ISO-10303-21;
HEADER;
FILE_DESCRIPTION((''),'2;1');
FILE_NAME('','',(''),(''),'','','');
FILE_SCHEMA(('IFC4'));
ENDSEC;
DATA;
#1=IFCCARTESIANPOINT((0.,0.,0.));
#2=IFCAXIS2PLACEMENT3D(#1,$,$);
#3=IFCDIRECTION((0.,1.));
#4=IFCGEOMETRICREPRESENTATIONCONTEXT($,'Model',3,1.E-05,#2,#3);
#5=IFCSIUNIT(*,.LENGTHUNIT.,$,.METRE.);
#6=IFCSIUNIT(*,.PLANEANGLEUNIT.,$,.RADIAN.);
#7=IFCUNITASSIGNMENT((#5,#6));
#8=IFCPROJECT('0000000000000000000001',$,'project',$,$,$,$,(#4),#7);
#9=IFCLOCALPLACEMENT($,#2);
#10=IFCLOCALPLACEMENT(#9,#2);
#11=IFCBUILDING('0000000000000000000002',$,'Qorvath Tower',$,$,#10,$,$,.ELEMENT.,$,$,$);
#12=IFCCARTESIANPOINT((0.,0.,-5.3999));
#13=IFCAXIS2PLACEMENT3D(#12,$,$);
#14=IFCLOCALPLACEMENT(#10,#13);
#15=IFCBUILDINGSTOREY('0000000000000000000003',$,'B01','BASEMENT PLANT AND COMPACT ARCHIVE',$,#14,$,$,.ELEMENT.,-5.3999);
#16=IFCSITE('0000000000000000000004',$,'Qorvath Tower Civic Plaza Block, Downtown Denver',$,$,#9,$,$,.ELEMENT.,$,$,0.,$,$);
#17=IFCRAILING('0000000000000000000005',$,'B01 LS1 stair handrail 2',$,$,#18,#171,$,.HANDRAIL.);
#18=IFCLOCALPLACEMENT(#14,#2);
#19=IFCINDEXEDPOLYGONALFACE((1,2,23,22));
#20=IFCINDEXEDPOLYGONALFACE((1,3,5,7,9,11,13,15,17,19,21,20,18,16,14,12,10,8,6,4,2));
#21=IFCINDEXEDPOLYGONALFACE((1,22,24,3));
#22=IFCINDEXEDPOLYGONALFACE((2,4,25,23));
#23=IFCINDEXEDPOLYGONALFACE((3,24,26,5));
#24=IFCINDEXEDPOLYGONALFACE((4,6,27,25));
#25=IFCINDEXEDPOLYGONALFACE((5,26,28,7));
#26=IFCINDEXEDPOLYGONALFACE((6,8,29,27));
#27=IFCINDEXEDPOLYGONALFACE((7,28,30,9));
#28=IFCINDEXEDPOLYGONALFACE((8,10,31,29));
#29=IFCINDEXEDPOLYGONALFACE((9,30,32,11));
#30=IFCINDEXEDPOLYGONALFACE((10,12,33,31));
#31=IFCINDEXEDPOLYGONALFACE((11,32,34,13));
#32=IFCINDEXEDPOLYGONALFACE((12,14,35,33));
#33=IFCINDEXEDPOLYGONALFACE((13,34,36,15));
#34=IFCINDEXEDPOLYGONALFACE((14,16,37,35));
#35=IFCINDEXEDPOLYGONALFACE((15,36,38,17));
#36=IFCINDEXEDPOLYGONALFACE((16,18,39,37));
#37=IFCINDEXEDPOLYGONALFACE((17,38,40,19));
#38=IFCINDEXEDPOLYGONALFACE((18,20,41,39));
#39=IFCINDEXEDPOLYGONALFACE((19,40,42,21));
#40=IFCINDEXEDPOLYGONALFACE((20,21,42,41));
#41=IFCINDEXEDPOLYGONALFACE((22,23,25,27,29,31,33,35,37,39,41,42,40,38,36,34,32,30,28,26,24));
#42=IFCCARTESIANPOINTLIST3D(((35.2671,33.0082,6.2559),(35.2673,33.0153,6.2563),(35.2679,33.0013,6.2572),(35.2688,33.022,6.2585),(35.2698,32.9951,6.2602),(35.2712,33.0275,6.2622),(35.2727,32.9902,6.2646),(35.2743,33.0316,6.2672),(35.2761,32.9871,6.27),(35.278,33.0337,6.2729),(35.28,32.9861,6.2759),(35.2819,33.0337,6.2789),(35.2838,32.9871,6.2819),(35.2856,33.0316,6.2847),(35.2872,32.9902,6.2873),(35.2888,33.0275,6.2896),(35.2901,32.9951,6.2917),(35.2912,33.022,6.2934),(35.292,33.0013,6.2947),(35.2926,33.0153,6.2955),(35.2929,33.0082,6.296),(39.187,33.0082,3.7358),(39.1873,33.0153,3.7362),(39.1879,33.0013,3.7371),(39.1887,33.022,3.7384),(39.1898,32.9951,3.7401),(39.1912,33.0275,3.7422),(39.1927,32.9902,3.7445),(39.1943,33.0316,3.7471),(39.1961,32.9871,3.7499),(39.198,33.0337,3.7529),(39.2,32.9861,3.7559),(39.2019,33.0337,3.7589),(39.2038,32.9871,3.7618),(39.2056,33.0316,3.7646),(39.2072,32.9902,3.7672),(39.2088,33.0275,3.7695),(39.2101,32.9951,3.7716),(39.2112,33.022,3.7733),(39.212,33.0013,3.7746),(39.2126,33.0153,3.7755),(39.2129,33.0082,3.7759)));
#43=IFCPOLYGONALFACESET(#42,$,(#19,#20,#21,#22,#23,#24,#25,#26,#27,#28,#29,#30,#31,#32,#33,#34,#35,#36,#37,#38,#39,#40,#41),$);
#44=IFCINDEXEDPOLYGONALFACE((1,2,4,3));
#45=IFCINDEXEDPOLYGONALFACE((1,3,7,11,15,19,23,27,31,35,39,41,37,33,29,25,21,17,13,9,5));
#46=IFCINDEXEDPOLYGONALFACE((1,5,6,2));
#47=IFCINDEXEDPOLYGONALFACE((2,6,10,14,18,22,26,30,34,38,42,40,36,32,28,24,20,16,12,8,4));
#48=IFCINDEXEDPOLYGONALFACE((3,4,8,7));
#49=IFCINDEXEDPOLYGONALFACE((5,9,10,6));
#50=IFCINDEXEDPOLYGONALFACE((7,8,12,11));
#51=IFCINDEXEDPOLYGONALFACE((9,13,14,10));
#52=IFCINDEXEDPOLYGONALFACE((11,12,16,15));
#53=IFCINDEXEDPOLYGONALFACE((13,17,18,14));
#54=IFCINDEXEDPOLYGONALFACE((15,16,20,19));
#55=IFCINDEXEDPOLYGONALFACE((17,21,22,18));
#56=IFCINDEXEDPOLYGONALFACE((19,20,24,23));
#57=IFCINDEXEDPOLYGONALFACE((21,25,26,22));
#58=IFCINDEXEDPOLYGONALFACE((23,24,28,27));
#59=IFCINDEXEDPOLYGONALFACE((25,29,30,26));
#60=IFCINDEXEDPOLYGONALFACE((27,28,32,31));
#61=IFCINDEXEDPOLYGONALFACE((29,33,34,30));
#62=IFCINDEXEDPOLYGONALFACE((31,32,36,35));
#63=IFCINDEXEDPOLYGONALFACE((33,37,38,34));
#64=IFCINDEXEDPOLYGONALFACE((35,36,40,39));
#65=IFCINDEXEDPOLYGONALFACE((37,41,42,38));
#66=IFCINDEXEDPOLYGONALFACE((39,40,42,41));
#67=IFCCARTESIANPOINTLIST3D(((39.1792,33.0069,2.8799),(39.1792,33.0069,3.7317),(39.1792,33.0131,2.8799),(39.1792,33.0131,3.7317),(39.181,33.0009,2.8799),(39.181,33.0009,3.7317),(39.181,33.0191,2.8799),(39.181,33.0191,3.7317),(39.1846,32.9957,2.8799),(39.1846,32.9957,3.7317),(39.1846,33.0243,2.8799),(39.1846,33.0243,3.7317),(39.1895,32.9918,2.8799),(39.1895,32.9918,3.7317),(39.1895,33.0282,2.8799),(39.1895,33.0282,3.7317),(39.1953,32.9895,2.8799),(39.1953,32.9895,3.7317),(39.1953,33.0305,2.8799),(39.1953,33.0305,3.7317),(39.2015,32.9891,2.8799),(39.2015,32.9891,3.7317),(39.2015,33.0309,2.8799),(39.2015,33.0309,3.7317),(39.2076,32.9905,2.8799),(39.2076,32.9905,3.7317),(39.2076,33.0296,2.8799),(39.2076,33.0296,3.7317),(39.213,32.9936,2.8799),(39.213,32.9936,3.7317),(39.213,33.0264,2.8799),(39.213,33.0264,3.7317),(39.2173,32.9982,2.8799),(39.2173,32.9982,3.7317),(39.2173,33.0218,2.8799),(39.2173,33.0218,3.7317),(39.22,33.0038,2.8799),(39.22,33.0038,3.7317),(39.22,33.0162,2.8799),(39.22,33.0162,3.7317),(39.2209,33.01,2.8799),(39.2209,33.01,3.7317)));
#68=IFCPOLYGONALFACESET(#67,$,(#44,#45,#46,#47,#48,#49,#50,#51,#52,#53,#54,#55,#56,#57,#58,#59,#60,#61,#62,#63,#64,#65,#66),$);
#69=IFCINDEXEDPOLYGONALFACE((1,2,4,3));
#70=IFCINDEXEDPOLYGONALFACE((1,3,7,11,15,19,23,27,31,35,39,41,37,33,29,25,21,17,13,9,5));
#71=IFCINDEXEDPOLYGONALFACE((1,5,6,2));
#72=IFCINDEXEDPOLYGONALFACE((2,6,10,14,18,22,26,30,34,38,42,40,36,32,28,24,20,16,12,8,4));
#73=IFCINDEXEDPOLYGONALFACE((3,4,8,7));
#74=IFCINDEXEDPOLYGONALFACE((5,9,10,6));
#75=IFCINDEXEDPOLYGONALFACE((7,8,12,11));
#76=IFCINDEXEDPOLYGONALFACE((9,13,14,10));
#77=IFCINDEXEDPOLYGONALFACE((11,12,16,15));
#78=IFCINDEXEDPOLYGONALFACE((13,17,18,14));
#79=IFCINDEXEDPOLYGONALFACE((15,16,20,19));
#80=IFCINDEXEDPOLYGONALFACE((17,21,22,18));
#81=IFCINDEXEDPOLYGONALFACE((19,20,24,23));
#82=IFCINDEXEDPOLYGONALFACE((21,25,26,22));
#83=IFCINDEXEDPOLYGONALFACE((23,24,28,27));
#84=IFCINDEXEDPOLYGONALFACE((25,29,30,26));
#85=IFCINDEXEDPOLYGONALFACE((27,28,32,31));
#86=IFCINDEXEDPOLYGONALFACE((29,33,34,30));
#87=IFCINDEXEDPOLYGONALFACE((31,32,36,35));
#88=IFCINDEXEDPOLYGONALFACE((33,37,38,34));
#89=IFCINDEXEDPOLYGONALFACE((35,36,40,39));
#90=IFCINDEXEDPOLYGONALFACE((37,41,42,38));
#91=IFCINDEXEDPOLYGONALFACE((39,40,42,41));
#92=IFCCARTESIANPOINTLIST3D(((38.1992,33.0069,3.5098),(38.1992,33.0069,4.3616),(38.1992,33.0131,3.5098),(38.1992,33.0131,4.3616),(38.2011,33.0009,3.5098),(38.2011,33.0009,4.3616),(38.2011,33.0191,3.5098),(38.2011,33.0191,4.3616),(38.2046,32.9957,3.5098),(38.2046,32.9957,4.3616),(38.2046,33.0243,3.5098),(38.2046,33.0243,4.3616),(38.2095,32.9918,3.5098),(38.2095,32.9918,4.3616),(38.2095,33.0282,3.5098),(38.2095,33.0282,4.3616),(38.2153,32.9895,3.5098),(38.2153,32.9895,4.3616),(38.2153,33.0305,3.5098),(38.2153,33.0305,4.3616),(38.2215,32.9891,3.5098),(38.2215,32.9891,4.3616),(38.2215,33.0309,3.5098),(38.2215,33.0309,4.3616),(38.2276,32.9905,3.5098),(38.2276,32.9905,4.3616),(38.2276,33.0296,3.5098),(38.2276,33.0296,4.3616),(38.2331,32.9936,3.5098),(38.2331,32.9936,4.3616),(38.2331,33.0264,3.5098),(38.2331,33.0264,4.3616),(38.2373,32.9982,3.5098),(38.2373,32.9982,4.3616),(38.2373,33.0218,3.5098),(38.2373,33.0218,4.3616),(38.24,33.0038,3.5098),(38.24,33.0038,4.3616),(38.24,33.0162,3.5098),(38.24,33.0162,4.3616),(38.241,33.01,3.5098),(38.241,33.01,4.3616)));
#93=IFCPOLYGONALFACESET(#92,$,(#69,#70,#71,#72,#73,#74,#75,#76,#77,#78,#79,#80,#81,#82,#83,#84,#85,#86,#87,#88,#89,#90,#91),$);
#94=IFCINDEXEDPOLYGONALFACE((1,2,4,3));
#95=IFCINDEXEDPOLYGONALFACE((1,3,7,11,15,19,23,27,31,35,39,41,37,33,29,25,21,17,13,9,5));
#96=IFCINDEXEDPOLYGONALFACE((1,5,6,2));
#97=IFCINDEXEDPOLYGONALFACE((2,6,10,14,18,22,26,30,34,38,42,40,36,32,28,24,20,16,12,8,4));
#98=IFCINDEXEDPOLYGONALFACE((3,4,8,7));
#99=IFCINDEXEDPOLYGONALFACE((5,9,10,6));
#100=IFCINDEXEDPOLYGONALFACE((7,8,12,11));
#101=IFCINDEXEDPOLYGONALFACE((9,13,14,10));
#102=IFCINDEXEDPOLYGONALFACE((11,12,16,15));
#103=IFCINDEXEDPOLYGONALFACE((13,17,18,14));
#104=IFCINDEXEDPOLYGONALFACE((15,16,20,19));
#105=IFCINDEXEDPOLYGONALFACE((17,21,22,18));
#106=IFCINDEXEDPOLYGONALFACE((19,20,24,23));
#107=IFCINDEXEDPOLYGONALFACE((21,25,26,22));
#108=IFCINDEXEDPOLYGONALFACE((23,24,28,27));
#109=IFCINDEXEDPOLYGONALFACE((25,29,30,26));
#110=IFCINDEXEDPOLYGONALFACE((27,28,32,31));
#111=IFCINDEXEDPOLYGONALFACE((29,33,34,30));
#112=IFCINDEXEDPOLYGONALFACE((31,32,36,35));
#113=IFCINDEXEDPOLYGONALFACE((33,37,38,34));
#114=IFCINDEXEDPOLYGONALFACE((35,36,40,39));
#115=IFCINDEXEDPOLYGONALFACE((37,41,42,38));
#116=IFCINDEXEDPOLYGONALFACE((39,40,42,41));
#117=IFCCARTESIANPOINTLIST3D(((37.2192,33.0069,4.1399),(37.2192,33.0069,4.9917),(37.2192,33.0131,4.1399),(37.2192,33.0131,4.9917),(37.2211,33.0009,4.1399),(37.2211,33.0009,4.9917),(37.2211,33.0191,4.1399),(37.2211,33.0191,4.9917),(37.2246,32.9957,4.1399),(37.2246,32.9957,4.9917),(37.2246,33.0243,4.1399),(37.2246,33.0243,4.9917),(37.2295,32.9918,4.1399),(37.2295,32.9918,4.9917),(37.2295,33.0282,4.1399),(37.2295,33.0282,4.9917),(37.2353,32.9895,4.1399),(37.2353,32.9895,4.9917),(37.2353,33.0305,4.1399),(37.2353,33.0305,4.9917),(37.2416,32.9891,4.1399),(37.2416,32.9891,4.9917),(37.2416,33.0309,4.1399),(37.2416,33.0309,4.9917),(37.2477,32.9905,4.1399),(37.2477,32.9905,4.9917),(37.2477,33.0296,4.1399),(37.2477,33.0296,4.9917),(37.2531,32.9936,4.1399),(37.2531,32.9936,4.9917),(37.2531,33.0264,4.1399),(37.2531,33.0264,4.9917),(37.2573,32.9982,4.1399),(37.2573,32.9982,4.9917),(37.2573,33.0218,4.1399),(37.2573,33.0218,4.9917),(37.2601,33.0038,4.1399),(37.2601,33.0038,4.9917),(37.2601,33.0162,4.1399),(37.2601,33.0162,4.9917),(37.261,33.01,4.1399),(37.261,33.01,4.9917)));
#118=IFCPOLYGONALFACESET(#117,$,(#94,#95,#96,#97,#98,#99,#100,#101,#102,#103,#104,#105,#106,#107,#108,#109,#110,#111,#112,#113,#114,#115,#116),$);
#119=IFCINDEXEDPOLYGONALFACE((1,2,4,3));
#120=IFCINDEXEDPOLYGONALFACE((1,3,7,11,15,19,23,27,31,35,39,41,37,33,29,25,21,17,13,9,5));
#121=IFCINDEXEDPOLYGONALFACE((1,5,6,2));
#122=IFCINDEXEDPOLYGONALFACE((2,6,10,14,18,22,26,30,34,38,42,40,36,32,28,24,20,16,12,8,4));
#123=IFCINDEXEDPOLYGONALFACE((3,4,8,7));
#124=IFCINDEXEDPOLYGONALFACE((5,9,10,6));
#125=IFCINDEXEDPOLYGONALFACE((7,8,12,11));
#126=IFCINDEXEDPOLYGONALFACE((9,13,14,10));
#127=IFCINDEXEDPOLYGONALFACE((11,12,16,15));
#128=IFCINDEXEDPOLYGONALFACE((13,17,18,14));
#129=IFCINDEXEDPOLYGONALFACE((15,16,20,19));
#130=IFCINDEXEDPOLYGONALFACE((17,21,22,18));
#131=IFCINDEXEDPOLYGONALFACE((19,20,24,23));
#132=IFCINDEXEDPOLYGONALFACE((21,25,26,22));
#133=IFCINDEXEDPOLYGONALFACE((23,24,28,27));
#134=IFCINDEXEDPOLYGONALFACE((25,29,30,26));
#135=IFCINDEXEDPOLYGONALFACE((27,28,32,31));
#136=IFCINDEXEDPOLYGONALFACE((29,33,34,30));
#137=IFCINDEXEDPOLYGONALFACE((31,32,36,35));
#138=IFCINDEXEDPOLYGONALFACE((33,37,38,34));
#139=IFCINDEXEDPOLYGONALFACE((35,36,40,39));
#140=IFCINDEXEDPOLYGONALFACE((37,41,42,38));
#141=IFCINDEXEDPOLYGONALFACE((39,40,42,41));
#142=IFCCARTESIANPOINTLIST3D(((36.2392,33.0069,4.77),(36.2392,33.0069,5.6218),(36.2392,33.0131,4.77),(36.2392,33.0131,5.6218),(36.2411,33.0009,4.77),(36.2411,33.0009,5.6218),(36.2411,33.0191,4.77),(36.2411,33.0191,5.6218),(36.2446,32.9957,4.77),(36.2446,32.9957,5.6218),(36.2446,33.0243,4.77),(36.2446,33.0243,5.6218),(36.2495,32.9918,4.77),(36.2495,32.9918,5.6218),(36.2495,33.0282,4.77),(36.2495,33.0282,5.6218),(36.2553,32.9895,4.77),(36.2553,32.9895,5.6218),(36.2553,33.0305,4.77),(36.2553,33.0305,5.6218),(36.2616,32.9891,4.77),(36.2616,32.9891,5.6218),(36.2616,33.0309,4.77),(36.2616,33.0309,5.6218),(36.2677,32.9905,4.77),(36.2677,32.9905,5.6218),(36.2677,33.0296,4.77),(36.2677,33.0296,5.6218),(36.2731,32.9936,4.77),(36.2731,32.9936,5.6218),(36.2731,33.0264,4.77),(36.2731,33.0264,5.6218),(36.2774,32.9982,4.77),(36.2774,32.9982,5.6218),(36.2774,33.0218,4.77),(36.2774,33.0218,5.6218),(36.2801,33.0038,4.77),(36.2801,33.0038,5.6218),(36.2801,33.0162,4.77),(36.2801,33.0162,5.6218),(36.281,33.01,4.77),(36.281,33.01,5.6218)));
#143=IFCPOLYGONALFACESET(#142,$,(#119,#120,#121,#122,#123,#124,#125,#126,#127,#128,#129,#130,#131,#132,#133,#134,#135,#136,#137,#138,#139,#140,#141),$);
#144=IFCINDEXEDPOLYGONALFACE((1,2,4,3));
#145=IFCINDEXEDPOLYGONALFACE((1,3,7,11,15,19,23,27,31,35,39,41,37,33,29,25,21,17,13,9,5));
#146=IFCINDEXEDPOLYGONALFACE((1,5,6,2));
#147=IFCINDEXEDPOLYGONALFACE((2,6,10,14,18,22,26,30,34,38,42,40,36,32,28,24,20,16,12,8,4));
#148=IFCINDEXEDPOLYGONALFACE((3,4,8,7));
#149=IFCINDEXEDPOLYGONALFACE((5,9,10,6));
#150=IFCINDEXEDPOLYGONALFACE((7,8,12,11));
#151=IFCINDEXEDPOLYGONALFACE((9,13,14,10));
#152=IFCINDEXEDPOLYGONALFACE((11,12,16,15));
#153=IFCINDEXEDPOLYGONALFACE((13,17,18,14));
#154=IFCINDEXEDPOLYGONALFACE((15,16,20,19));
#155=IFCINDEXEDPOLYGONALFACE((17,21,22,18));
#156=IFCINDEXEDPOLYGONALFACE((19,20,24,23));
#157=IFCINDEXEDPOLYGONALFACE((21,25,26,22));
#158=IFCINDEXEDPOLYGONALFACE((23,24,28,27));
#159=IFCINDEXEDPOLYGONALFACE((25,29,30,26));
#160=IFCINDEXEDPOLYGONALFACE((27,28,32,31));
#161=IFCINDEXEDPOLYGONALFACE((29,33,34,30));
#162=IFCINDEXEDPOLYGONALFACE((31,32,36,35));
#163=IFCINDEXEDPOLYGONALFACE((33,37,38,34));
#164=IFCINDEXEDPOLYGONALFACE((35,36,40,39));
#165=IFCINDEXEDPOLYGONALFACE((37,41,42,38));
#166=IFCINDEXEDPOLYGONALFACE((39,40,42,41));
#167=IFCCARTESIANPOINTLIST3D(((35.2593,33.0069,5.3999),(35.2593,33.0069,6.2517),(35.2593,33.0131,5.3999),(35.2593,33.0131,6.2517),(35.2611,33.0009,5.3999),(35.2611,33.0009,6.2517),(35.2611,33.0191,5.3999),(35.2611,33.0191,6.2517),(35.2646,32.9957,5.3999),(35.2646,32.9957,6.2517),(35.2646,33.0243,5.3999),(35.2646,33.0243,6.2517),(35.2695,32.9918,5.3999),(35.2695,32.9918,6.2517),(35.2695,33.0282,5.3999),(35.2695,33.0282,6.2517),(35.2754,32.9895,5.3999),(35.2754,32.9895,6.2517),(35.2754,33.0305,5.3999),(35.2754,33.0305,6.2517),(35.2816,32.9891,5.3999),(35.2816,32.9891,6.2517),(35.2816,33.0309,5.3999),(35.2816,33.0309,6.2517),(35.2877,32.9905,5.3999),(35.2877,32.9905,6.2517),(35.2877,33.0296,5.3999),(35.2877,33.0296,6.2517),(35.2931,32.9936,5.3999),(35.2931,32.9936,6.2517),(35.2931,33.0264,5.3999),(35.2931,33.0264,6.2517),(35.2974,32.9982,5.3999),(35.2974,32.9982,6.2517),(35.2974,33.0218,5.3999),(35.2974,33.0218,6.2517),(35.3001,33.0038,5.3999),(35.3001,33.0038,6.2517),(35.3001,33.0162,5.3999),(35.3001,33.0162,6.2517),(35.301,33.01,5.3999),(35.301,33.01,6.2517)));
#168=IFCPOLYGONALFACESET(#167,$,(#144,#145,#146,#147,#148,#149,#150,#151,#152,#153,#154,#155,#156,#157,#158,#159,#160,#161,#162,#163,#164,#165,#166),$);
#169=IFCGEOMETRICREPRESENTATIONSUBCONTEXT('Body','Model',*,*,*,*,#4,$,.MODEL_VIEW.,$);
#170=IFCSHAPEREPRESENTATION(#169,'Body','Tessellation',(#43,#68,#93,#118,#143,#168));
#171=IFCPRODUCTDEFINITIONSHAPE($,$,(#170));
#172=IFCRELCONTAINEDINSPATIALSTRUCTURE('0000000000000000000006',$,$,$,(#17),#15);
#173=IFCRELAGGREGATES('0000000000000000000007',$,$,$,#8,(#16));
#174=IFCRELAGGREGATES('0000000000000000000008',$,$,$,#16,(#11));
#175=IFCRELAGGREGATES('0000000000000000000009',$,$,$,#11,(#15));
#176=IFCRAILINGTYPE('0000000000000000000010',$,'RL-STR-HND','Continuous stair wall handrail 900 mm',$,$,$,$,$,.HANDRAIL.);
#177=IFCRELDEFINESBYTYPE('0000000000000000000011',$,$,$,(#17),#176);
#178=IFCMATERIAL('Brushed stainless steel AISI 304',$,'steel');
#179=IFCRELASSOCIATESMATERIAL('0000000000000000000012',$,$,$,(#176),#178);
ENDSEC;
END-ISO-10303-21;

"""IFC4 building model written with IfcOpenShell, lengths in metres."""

from ifc_helpers import new_model, si_unit, direction, frame, origin, origin_2d, place, context, subcontext, project, spatial, circle, extrude, material, type_object, element, save


model = new_model("IFC4")

# Units and contexts
model_context = context("Model", 3, precision=1e-05, world=origin(), true_north=direction((0.0, 1.0)))
body_context = subcontext(model_context, "Body", "Model", "MODEL_VIEW")
ifc_project = project(units=[si_unit("LENGTHUNIT", "METRE"), si_unit("PLANEANGLEUNIT", "RADIAN")], contexts=[model_context])

# Site, building, storey
site_placement = place(None, origin())
site = spatial("IfcSite", under=ifc_project, at=site_placement, Name="Qorvath Tower Civic Plaza Block, Downtown Denver", CompositionType="ELEMENT", RefElevation=0.0)
building_placement = place(site_placement, origin())
building = spatial("IfcBuilding", under=site, at=building_placement, Name="Qorvath Tower", CompositionType="ELEMENT")
storey_placement = place(building_placement, frame((0.0, 0.0, -5.3999)))
storey = spatial("IfcBuildingStorey", under=building, at=storey_placement, Name="B01", Description="BASEMENT PLANT AND COMPACT ARCHIVE", CompositionType="ELEMENT", Elevation=-5.3999)

# Railing
ifc_material_1 = material(Name="Brushed stainless steel AISI 304", Category="steel")
railing_type = type_object("IfcRailingType", Name="RL-STR-HND", Description="Continuous stair wall handrail 900 mm", PredefinedType="HANDRAIL", material=ifc_material_1)
railing_placement = place(storey_placement, frame((39.2, 33.01, 2.8799)))
element("IfcRailing", 1, at=railing_placement, inside=storey, type_object=railing_type, Name="B01 LS1 stair handrail 2", PredefinedType="HANDRAIL", context=body_context, shape_type="SweptSolid", body=[
    extrude(circle(Radius=0.0239, at=origin_2d()), frame((0.0, 0.0, 0.876), z_axis=(-0.841172, 0.0, 0.540768), x_axis=(0.0, -1.0, 0.0)), (0.0, 0.0, 1.0), 4.6602),
    extrude(circle(Radius=0.021, at=origin_2d()), origin(), (0.0, 0.0, 1.0), 0.8518),
    extrude(circle(Radius=0.021, at=origin_2d()), frame((-0.98, 0.0, 0.6299)), (0.0, 0.0, 1.0), 0.8518),
    extrude(circle(Radius=0.021, at=origin_2d()), frame((-1.96, 0.0, 1.26)), (0.0, 0.0, 1.0), 0.8518),
    extrude(circle(Radius=0.021, at=origin_2d()), frame((-2.9399, 0.0, 1.8901)), (0.0, 0.0, 1.0), 0.8518),
    extrude(circle(Radius=0.021, at=origin_2d()), frame((-3.9199, 0.0, 2.52)), (0.0, 0.0, 1.0), 0.8518),
])

save(model, "model.ifc")
